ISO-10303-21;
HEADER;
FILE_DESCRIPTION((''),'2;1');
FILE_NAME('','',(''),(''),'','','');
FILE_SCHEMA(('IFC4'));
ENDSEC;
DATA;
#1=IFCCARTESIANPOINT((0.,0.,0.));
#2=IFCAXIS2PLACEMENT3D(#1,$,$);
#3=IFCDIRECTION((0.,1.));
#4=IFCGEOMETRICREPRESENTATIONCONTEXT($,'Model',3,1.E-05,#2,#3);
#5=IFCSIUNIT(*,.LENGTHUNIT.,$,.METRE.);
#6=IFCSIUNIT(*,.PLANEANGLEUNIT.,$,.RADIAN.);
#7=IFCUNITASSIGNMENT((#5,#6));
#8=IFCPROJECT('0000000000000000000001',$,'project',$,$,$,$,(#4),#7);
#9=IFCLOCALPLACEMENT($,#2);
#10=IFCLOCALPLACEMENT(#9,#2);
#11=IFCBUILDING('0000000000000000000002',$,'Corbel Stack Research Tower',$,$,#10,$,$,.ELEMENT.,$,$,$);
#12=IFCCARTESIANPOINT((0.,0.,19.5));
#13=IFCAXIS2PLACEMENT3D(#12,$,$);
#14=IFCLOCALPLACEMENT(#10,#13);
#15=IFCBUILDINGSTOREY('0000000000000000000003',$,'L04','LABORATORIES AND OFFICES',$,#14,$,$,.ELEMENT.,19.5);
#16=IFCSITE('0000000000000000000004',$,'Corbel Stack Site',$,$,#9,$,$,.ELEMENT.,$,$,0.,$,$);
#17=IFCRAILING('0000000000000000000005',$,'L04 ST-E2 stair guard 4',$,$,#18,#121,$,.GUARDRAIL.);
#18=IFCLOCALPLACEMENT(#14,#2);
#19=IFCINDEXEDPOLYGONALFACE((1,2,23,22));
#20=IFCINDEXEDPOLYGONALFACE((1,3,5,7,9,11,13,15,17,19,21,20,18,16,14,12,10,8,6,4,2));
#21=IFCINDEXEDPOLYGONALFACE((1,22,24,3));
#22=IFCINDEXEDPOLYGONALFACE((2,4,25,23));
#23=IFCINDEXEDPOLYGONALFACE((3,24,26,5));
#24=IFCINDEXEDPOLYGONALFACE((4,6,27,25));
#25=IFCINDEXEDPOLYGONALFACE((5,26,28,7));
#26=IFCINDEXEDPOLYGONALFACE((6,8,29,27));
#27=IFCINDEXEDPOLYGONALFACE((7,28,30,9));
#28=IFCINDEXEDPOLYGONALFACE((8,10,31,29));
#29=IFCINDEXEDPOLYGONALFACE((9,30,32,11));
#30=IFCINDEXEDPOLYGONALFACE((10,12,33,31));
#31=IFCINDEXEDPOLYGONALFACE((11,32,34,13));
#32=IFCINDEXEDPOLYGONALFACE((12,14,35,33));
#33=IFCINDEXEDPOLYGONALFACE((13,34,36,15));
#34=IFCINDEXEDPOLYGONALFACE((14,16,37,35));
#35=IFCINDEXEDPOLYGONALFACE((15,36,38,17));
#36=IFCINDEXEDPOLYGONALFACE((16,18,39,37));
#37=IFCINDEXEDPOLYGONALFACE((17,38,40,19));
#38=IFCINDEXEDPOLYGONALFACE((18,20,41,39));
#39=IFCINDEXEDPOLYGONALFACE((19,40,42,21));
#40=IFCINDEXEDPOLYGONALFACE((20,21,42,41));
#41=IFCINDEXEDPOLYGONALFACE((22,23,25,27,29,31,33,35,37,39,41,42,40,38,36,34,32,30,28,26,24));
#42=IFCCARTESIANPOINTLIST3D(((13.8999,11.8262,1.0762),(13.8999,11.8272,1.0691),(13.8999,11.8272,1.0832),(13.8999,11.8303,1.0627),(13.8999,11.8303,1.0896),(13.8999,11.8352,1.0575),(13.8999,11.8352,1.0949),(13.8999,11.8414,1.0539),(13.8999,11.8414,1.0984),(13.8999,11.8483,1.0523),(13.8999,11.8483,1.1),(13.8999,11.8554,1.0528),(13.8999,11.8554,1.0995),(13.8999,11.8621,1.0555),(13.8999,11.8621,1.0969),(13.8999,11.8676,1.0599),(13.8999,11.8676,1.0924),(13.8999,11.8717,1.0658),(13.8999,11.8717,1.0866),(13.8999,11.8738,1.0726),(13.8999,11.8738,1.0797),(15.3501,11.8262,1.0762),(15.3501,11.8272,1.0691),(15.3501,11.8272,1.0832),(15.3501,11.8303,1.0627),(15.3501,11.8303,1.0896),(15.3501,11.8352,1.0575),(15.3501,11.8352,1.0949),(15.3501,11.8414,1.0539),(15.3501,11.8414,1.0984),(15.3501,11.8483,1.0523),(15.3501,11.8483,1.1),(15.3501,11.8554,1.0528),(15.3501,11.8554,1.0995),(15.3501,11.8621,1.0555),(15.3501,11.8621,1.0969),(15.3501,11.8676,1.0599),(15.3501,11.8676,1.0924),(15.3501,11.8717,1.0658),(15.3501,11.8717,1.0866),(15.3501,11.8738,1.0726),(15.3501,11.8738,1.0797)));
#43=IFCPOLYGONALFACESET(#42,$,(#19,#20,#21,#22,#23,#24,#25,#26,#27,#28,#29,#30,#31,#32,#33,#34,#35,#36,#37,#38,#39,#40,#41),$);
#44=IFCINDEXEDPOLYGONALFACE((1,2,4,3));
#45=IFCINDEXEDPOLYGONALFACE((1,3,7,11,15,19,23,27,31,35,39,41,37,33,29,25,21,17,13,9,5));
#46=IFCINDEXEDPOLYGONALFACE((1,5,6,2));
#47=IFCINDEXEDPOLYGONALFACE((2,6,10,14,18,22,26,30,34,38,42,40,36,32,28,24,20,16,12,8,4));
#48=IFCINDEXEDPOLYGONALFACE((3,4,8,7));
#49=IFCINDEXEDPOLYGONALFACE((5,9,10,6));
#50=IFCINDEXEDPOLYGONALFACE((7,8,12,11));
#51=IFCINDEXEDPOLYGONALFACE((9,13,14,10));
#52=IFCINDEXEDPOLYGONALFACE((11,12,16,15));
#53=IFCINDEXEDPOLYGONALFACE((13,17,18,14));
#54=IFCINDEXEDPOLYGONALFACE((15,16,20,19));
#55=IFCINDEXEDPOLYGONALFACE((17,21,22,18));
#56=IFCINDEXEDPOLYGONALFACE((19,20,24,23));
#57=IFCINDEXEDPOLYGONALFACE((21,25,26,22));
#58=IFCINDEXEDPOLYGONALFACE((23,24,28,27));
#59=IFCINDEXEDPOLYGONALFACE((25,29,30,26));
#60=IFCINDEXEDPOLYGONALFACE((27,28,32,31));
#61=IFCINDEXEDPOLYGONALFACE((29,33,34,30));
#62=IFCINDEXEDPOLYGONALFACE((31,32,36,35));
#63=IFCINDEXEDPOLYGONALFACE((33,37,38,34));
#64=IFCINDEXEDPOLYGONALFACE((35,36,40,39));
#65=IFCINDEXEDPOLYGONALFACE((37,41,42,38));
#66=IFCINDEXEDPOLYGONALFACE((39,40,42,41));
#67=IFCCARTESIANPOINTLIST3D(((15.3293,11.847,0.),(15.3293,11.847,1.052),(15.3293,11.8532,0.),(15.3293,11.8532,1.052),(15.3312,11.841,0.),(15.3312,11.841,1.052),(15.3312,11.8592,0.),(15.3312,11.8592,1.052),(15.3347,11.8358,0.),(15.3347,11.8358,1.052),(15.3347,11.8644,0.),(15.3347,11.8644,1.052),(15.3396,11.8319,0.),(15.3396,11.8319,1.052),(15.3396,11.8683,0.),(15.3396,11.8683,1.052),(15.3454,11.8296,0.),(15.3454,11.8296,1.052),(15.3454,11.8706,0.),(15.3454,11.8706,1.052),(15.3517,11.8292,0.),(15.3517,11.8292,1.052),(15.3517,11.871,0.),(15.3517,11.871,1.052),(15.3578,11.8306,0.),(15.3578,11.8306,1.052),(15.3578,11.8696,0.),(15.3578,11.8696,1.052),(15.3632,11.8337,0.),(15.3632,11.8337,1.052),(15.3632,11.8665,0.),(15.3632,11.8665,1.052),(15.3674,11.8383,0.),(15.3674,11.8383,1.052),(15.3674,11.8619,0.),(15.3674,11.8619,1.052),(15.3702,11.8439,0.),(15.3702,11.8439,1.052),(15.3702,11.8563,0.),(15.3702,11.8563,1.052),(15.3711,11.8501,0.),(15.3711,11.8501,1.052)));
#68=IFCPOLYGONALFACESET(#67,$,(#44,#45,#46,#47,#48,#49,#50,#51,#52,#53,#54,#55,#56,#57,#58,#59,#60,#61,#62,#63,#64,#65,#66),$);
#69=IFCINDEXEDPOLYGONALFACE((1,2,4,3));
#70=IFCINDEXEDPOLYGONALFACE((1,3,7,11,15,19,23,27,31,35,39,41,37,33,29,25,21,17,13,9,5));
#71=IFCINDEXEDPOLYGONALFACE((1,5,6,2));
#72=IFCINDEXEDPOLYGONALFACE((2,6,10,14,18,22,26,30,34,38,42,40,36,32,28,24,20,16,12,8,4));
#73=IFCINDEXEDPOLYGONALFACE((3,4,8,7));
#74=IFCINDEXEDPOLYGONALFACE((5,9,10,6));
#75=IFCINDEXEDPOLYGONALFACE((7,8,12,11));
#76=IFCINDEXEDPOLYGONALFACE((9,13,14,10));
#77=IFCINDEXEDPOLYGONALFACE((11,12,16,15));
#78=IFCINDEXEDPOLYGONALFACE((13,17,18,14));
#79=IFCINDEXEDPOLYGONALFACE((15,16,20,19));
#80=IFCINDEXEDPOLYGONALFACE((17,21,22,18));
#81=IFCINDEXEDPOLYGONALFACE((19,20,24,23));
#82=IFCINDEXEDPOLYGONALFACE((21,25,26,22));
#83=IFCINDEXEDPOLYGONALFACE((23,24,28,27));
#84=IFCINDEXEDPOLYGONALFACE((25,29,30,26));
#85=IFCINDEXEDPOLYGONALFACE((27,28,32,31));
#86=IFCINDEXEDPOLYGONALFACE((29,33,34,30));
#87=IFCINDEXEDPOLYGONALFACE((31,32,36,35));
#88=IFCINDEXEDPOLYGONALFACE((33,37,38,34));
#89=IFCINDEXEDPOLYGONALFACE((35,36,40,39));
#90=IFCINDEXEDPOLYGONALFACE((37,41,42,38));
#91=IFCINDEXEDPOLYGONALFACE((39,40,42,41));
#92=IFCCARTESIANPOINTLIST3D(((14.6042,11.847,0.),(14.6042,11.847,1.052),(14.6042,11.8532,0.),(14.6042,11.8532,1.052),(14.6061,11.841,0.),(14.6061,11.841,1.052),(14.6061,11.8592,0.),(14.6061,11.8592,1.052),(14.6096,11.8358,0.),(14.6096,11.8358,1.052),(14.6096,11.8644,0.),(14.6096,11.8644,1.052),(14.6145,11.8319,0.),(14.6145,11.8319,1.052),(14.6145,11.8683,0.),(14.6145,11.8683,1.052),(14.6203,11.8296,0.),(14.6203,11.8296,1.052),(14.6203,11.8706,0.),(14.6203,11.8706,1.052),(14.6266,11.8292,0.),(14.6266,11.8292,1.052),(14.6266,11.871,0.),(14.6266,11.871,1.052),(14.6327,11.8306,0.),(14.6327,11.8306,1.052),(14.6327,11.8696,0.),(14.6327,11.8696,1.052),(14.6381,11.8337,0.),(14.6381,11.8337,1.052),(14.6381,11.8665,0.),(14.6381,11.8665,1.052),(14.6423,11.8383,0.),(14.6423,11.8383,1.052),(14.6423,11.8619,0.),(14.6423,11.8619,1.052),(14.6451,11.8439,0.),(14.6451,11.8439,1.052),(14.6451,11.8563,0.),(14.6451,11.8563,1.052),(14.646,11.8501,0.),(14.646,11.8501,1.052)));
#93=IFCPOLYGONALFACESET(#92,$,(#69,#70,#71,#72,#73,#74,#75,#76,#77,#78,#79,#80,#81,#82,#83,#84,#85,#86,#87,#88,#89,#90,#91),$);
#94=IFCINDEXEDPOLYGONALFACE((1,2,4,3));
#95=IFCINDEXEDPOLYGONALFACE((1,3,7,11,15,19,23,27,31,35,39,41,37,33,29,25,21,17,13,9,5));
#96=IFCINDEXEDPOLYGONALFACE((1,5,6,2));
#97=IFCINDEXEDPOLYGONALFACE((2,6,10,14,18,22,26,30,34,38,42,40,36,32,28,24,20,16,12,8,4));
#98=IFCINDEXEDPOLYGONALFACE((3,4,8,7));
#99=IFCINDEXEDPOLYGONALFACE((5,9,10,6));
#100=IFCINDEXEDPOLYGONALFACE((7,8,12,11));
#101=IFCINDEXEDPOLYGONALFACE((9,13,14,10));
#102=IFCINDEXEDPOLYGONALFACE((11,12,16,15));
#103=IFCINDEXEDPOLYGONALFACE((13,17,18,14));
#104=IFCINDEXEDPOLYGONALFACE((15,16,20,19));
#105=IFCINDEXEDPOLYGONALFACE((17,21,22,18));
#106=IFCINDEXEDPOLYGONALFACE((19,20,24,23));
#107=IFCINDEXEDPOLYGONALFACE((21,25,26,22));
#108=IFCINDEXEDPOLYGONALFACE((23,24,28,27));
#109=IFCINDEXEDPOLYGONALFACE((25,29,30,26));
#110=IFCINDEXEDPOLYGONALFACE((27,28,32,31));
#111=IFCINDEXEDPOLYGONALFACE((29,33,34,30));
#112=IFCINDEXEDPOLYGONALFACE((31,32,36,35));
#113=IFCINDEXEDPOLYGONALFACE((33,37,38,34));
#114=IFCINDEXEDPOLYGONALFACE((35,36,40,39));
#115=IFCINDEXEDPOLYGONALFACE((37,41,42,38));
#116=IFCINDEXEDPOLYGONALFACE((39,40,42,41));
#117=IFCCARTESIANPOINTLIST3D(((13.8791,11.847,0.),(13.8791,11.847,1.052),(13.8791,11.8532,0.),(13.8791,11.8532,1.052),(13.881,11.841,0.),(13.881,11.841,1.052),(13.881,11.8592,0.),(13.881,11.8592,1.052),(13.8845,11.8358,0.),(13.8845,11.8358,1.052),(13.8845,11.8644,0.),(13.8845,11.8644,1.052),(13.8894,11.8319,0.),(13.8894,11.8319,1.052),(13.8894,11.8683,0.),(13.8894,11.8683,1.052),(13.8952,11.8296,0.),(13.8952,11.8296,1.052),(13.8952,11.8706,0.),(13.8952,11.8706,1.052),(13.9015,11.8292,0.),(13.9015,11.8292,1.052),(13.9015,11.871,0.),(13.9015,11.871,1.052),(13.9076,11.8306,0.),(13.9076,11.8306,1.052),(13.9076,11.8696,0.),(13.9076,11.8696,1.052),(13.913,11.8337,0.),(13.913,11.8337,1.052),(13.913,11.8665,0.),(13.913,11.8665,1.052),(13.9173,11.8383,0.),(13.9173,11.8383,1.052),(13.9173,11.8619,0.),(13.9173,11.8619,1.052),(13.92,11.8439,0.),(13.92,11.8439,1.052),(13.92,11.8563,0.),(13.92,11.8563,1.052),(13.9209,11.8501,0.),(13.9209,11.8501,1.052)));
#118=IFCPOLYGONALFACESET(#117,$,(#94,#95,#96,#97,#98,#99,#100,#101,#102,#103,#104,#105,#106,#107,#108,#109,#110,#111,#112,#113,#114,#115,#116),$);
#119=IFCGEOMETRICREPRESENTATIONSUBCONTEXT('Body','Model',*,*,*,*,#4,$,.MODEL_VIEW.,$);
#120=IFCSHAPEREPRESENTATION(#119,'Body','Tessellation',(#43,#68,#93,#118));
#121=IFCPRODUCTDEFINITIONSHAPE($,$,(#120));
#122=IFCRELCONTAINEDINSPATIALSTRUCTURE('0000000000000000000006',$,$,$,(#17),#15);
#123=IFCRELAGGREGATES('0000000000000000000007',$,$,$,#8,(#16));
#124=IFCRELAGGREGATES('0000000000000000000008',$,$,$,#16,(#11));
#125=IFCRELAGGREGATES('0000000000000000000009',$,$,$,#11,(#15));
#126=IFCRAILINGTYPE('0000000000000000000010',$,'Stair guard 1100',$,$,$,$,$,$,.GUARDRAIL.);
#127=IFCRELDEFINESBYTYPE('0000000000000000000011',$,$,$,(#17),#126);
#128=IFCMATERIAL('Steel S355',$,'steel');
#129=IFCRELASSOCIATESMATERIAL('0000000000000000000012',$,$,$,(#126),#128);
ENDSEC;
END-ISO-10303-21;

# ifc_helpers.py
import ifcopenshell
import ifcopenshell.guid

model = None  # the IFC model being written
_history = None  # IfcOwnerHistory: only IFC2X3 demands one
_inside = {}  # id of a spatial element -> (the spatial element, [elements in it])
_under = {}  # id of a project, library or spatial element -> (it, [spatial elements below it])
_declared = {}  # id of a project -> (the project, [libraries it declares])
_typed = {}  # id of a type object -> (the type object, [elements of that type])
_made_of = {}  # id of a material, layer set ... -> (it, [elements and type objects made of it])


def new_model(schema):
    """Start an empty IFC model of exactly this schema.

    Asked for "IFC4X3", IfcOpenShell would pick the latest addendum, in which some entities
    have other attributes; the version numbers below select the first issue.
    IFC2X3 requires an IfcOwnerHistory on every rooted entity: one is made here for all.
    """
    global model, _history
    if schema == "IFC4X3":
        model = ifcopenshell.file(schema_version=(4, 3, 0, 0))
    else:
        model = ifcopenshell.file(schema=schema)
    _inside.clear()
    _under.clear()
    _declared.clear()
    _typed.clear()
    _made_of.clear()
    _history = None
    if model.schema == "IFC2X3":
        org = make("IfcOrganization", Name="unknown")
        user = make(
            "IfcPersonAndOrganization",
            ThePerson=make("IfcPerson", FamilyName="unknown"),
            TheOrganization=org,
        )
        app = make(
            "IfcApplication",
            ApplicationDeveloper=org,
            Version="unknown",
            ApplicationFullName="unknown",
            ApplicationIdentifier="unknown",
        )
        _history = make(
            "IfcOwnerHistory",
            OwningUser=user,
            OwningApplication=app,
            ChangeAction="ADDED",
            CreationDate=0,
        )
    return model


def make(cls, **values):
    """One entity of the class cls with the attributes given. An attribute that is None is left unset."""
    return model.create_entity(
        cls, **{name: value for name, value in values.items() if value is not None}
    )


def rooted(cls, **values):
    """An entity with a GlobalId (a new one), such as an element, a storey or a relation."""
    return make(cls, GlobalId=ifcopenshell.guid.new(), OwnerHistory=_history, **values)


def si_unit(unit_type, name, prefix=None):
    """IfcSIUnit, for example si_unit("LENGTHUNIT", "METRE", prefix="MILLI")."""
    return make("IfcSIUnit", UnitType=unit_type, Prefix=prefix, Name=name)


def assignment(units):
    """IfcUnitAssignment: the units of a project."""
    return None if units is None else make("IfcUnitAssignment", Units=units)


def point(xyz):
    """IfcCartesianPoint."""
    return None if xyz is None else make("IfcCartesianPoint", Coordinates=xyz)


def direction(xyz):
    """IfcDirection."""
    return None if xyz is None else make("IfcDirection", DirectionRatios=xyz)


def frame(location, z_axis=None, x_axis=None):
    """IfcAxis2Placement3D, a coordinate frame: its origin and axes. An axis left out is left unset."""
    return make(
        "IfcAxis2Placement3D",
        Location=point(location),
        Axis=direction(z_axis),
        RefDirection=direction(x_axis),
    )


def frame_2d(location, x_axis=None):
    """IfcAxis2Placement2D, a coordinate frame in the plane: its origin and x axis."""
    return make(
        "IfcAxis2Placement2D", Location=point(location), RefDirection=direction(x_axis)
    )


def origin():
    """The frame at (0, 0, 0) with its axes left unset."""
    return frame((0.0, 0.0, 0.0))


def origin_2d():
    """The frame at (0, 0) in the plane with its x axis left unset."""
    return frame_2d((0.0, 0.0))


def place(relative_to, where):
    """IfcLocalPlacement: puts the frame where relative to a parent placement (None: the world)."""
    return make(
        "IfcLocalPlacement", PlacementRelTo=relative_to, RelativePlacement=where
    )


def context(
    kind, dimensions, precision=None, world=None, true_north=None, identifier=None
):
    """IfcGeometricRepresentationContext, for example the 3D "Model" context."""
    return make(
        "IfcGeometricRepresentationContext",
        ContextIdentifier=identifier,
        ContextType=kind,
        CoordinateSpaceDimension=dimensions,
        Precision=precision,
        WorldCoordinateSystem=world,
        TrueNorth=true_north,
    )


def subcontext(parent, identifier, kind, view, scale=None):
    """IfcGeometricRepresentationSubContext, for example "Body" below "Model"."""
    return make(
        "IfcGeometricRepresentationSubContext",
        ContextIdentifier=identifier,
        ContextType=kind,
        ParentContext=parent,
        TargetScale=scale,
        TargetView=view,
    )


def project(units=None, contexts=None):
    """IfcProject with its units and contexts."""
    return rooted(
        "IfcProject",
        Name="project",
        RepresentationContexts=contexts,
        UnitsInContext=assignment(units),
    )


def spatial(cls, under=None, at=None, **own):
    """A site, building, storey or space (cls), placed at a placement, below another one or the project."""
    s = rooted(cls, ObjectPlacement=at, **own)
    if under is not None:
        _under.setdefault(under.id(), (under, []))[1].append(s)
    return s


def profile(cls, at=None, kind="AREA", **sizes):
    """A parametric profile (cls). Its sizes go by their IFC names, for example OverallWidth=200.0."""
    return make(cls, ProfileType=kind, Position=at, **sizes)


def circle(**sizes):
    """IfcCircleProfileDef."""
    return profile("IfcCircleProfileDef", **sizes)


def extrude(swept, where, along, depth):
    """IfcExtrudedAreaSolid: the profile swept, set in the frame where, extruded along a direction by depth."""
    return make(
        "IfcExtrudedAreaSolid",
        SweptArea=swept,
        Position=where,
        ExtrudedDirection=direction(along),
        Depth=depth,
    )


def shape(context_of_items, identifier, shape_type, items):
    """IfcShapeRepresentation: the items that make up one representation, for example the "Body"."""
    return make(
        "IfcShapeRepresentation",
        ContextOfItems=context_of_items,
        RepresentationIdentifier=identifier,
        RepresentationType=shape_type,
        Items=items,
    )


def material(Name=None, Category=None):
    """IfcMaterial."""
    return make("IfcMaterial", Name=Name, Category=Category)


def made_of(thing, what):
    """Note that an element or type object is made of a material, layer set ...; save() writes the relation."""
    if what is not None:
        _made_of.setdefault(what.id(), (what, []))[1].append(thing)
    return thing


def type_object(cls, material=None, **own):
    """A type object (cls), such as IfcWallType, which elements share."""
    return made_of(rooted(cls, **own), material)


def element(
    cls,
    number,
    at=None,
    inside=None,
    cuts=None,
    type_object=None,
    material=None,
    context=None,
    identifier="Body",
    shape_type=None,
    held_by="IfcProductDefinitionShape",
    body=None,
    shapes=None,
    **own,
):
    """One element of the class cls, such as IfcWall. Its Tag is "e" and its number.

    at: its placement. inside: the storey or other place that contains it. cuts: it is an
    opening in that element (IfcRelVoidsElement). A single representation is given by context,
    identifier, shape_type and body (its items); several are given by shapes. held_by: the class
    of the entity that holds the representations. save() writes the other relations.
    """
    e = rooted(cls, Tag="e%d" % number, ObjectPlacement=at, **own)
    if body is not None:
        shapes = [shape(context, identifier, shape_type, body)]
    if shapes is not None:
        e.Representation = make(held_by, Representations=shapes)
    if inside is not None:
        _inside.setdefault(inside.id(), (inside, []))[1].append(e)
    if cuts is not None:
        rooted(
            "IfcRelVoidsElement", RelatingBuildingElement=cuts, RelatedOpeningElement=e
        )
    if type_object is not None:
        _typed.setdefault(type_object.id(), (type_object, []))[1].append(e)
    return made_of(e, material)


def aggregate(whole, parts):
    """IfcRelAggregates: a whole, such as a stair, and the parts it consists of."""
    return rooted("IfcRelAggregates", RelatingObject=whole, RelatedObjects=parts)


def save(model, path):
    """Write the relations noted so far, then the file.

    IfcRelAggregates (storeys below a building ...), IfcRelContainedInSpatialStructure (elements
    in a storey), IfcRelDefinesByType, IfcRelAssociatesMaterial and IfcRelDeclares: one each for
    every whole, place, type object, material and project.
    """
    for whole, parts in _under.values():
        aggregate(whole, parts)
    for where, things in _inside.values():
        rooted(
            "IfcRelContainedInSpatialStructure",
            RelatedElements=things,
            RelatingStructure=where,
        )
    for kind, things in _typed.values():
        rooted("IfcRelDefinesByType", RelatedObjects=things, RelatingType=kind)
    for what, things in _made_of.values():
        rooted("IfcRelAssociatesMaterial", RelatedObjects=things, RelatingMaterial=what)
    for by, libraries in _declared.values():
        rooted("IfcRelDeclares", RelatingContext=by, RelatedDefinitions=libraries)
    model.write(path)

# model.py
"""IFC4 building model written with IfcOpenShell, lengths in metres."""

from ifc_helpers import new_model, si_unit, direction, frame, origin, origin_2d, place, context, subcontext, project, spatial, circle, extrude, material, type_object, element, save


model = new_model("IFC4")

# Units and contexts
model_context = context("Model", 3, precision=1e-05, world=origin(), true_north=direction((0.0, 1.0)))
body_context = subcontext(model_context, "Body", "Model", "MODEL_VIEW")
ifc_project = project(units=[si_unit("LENGTHUNIT", "METRE"), si_unit("PLANEANGLEUNIT", "RADIAN")], contexts=[model_context])

# Site, building, storey
site_placement = place(None, origin())
site = spatial("IfcSite", under=ifc_project, at=site_placement, Name="Corbel Stack Site", CompositionType="ELEMENT", RefElevation=0.0)
building_placement = place(site_placement, origin())
building = spatial("IfcBuilding", under=site, at=building_placement, Name="Corbel Stack Research Tower", CompositionType="ELEMENT")
storey_placement = place(building_placement, frame((0.0, 0.0, 19.5)))
storey = spatial("IfcBuildingStorey", under=building, at=storey_placement, Name="L04", Description="LABORATORIES AND OFFICES", CompositionType="ELEMENT", Elevation=19.5)

# Railing
ifc_material_1 = material(Name="Steel S355", Category="steel")
railing_type_1 = type_object("IfcRailingType", Name="Stair guard 1100", PredefinedType="GUARDRAIL", material=ifc_material_1)
railing_1_placement = place(storey_placement, frame((15.3501, 11.8501, 0.0)))
element("IfcRailing", 1, at=railing_1_placement, inside=storey, type_object=railing_type_1, Name="L04 ST-E2 stair guard 4", PredefinedType="GUARDRAIL", context=body_context, shape_type="SweptSolid", body=[
    extrude(circle(Radius=0.0239, at=origin_2d()), frame((0.0, 0.0, 1.0762), z_axis=(-1.0, 0.0, 0.0), x_axis=(0.0, -1.0, 0.0)), (0.0, 0.0, 1.0), 1.4502),
    extrude(circle(Radius=0.021, at=origin_2d()), origin(), (0.0, 0.0, 1.0), 1.052),
    extrude(circle(Radius=0.021, at=origin_2d()), frame((-0.7251, 0.0, 0.0)), (0.0, 0.0, 1.0), 1.052),
    extrude(circle(Radius=0.021, at=origin_2d()), frame((-1.4502, 0.0, 0.0)), (0.0, 0.0, 1.0), 1.052),
])

save(model, "model.ifc")
